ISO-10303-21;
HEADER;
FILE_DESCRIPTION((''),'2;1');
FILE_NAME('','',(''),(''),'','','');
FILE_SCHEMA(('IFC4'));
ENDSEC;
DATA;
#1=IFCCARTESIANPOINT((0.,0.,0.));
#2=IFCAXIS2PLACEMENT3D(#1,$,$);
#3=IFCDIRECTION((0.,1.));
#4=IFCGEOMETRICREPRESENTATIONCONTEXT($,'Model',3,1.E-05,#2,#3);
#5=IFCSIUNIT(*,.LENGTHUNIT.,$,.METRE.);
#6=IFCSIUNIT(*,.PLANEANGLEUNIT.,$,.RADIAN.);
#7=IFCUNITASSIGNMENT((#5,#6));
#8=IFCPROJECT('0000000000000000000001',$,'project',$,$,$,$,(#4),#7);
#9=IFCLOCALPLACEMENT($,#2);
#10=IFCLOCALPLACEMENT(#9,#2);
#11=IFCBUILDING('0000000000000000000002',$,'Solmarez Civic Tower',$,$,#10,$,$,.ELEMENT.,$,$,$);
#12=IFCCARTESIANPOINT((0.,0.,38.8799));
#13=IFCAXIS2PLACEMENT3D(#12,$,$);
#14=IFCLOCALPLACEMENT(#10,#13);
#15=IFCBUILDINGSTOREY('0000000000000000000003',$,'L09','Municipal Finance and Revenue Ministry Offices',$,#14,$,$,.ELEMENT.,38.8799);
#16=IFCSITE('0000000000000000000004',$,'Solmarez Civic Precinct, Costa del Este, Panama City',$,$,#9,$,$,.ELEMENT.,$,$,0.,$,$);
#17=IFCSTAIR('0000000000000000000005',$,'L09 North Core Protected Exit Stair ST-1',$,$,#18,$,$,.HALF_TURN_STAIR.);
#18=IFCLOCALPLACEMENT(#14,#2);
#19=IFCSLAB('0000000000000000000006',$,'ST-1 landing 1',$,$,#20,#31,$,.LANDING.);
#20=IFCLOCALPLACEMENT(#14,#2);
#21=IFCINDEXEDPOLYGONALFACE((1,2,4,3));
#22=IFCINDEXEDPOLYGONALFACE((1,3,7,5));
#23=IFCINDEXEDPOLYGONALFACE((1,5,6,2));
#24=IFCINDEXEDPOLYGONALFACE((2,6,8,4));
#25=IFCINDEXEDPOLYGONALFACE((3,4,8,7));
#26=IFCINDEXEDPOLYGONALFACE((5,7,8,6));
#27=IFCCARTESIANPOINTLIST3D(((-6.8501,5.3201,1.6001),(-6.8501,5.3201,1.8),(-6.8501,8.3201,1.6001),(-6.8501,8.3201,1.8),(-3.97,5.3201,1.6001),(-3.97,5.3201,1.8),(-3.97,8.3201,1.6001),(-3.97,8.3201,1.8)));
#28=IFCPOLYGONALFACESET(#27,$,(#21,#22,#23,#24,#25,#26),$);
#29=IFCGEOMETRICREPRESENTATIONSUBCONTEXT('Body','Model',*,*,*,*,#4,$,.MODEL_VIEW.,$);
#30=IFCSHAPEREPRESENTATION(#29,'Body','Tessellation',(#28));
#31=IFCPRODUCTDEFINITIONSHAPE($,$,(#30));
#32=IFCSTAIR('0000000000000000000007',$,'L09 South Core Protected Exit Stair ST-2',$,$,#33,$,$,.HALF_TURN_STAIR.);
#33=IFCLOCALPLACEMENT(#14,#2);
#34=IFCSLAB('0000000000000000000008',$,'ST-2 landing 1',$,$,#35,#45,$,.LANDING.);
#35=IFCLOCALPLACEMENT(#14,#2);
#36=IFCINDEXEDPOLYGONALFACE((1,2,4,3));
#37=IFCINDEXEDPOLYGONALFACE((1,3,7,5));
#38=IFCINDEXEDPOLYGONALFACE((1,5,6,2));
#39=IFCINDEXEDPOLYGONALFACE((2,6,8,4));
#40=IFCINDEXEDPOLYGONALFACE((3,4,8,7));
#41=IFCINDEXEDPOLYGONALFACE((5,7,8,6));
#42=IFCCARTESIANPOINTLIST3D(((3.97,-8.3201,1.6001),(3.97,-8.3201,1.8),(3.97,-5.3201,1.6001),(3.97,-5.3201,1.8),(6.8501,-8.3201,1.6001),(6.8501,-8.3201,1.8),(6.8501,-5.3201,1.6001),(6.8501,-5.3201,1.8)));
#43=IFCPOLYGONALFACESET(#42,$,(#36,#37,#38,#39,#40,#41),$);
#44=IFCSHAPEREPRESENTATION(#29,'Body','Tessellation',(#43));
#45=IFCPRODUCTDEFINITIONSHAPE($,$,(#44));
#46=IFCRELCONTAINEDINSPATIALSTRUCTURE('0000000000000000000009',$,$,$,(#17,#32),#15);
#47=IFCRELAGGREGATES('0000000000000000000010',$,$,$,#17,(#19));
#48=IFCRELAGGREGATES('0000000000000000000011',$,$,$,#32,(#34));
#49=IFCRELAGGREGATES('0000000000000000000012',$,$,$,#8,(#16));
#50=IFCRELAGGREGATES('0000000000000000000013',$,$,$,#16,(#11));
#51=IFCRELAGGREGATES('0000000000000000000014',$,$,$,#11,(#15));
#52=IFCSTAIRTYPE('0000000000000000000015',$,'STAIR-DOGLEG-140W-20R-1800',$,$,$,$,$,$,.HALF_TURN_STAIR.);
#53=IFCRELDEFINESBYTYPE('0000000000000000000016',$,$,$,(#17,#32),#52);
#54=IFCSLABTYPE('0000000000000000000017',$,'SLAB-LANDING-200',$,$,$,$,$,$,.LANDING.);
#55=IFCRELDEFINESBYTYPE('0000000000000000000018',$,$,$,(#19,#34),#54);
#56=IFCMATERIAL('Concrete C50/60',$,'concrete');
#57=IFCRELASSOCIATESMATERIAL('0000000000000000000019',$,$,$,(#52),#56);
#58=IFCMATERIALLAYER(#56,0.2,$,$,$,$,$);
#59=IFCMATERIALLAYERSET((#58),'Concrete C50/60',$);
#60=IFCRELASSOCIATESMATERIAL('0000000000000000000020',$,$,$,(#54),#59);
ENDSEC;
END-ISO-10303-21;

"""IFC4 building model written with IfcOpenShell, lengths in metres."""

from ifc_helpers import new_model, si_unit, direction, frame, origin, place, context, subcontext, project, spatial, polyline, outline, extrude, material, layer, layer_set, type_object, element, aggregate, save


model = new_model("IFC4")

# Units and contexts
model_context = context("Model", 3, precision=1e-05, world=origin(), true_north=direction((0.0, 1.0)))
body_context = subcontext(model_context, "Body", "Model", "MODEL_VIEW")
ifc_project = project(units=[si_unit("LENGTHUNIT", "METRE"), si_unit("PLANEANGLEUNIT", "RADIAN")], contexts=[model_context])

# Site, building, storey
site_placement = place(None, origin())
site = spatial("IfcSite", under=ifc_project, at=site_placement, Name="Solmarez Civic Precinct, Costa del Este, Panama City", CompositionType="ELEMENT", RefElevation=0.0)
building_placement = place(site_placement, origin())
building = spatial("IfcBuilding", under=site, at=building_placement, Name="Solmarez Civic Tower", CompositionType="ELEMENT")
storey_placement = place(building_placement, frame((0.0, 0.0, 38.8799)))
storey = spatial("IfcBuildingStorey", under=building, at=storey_placement, Name="L09", Description="Municipal Finance and Revenue Ministry Offices", CompositionType="ELEMENT", Elevation=38.8799)

# Stairs, slabs
ifc_material_1 = material(Name="Concrete C50/60", Category="concrete")
stair_type = type_object("IfcStairType", Name="STAIR-DOGLEG-140W-20R-1800", PredefinedType="HALF_TURN_STAIR", material=ifc_material_1)
stair_1_placement = place(storey_placement, origin())
stair_1 = element("IfcStair", 1, at=stair_1_placement, inside=storey, type_object=stair_type, Name="L09 North Core Protected Exit Stair ST-1", PredefinedType="HALF_TURN_STAIR")
ifc_layer_1 = layer(ifc_material_1, 0.2)
ifc_layer_set_1 = layer_set([ifc_layer_1], Name="Concrete C50/60")
slab_type_1 = type_object("IfcSlabType", Name="SLAB-LANDING-200", PredefinedType="LANDING", material=ifc_layer_set_1)
slab_1_placement = place(storey_placement, frame((0.0, 0.0, 1.6001)))
slab_1 = element("IfcSlab", 2, at=slab_1_placement, type_object=slab_type_1, Name="ST-1 landing 1", PredefinedType="LANDING", context=body_context, shape_type="SweptSolid", body=[
    extrude(outline(polyline([(-3.97, 8.3201), (-6.8501, 8.3201), (-6.8501, 5.3201), (-3.97, 5.3201), (-3.97, 8.3201)])), origin(), (0.0, 0.0, 1.0), 0.2),
])
aggregate(stair_1, [slab_1])
stair_2_placement = place(storey_placement, origin())
stair_2 = element("IfcStair", 3, at=stair_2_placement, inside=storey, type_object=stair_type, Name="L09 South Core Protected Exit Stair ST-2", PredefinedType="HALF_TURN_STAIR")
slab_2_placement = place(storey_placement, frame((0.0, 0.0, 1.6001)))
slab_2 = element("IfcSlab", 4, at=slab_2_placement, type_object=slab_type_1, Name="ST-2 landing 1", PredefinedType="LANDING", context=body_context, shape_type="SweptSolid", body=[
    extrude(outline(polyline([(3.97, -8.3201), (6.8501, -8.3201), (6.8501, -5.3201), (3.97, -5.3201), (3.97, -8.3201)])), origin(), (0.0, 0.0, 1.0), 0.2),
])

aggregate(stair_2, [slab_2])

save(model, "model.ifc")
